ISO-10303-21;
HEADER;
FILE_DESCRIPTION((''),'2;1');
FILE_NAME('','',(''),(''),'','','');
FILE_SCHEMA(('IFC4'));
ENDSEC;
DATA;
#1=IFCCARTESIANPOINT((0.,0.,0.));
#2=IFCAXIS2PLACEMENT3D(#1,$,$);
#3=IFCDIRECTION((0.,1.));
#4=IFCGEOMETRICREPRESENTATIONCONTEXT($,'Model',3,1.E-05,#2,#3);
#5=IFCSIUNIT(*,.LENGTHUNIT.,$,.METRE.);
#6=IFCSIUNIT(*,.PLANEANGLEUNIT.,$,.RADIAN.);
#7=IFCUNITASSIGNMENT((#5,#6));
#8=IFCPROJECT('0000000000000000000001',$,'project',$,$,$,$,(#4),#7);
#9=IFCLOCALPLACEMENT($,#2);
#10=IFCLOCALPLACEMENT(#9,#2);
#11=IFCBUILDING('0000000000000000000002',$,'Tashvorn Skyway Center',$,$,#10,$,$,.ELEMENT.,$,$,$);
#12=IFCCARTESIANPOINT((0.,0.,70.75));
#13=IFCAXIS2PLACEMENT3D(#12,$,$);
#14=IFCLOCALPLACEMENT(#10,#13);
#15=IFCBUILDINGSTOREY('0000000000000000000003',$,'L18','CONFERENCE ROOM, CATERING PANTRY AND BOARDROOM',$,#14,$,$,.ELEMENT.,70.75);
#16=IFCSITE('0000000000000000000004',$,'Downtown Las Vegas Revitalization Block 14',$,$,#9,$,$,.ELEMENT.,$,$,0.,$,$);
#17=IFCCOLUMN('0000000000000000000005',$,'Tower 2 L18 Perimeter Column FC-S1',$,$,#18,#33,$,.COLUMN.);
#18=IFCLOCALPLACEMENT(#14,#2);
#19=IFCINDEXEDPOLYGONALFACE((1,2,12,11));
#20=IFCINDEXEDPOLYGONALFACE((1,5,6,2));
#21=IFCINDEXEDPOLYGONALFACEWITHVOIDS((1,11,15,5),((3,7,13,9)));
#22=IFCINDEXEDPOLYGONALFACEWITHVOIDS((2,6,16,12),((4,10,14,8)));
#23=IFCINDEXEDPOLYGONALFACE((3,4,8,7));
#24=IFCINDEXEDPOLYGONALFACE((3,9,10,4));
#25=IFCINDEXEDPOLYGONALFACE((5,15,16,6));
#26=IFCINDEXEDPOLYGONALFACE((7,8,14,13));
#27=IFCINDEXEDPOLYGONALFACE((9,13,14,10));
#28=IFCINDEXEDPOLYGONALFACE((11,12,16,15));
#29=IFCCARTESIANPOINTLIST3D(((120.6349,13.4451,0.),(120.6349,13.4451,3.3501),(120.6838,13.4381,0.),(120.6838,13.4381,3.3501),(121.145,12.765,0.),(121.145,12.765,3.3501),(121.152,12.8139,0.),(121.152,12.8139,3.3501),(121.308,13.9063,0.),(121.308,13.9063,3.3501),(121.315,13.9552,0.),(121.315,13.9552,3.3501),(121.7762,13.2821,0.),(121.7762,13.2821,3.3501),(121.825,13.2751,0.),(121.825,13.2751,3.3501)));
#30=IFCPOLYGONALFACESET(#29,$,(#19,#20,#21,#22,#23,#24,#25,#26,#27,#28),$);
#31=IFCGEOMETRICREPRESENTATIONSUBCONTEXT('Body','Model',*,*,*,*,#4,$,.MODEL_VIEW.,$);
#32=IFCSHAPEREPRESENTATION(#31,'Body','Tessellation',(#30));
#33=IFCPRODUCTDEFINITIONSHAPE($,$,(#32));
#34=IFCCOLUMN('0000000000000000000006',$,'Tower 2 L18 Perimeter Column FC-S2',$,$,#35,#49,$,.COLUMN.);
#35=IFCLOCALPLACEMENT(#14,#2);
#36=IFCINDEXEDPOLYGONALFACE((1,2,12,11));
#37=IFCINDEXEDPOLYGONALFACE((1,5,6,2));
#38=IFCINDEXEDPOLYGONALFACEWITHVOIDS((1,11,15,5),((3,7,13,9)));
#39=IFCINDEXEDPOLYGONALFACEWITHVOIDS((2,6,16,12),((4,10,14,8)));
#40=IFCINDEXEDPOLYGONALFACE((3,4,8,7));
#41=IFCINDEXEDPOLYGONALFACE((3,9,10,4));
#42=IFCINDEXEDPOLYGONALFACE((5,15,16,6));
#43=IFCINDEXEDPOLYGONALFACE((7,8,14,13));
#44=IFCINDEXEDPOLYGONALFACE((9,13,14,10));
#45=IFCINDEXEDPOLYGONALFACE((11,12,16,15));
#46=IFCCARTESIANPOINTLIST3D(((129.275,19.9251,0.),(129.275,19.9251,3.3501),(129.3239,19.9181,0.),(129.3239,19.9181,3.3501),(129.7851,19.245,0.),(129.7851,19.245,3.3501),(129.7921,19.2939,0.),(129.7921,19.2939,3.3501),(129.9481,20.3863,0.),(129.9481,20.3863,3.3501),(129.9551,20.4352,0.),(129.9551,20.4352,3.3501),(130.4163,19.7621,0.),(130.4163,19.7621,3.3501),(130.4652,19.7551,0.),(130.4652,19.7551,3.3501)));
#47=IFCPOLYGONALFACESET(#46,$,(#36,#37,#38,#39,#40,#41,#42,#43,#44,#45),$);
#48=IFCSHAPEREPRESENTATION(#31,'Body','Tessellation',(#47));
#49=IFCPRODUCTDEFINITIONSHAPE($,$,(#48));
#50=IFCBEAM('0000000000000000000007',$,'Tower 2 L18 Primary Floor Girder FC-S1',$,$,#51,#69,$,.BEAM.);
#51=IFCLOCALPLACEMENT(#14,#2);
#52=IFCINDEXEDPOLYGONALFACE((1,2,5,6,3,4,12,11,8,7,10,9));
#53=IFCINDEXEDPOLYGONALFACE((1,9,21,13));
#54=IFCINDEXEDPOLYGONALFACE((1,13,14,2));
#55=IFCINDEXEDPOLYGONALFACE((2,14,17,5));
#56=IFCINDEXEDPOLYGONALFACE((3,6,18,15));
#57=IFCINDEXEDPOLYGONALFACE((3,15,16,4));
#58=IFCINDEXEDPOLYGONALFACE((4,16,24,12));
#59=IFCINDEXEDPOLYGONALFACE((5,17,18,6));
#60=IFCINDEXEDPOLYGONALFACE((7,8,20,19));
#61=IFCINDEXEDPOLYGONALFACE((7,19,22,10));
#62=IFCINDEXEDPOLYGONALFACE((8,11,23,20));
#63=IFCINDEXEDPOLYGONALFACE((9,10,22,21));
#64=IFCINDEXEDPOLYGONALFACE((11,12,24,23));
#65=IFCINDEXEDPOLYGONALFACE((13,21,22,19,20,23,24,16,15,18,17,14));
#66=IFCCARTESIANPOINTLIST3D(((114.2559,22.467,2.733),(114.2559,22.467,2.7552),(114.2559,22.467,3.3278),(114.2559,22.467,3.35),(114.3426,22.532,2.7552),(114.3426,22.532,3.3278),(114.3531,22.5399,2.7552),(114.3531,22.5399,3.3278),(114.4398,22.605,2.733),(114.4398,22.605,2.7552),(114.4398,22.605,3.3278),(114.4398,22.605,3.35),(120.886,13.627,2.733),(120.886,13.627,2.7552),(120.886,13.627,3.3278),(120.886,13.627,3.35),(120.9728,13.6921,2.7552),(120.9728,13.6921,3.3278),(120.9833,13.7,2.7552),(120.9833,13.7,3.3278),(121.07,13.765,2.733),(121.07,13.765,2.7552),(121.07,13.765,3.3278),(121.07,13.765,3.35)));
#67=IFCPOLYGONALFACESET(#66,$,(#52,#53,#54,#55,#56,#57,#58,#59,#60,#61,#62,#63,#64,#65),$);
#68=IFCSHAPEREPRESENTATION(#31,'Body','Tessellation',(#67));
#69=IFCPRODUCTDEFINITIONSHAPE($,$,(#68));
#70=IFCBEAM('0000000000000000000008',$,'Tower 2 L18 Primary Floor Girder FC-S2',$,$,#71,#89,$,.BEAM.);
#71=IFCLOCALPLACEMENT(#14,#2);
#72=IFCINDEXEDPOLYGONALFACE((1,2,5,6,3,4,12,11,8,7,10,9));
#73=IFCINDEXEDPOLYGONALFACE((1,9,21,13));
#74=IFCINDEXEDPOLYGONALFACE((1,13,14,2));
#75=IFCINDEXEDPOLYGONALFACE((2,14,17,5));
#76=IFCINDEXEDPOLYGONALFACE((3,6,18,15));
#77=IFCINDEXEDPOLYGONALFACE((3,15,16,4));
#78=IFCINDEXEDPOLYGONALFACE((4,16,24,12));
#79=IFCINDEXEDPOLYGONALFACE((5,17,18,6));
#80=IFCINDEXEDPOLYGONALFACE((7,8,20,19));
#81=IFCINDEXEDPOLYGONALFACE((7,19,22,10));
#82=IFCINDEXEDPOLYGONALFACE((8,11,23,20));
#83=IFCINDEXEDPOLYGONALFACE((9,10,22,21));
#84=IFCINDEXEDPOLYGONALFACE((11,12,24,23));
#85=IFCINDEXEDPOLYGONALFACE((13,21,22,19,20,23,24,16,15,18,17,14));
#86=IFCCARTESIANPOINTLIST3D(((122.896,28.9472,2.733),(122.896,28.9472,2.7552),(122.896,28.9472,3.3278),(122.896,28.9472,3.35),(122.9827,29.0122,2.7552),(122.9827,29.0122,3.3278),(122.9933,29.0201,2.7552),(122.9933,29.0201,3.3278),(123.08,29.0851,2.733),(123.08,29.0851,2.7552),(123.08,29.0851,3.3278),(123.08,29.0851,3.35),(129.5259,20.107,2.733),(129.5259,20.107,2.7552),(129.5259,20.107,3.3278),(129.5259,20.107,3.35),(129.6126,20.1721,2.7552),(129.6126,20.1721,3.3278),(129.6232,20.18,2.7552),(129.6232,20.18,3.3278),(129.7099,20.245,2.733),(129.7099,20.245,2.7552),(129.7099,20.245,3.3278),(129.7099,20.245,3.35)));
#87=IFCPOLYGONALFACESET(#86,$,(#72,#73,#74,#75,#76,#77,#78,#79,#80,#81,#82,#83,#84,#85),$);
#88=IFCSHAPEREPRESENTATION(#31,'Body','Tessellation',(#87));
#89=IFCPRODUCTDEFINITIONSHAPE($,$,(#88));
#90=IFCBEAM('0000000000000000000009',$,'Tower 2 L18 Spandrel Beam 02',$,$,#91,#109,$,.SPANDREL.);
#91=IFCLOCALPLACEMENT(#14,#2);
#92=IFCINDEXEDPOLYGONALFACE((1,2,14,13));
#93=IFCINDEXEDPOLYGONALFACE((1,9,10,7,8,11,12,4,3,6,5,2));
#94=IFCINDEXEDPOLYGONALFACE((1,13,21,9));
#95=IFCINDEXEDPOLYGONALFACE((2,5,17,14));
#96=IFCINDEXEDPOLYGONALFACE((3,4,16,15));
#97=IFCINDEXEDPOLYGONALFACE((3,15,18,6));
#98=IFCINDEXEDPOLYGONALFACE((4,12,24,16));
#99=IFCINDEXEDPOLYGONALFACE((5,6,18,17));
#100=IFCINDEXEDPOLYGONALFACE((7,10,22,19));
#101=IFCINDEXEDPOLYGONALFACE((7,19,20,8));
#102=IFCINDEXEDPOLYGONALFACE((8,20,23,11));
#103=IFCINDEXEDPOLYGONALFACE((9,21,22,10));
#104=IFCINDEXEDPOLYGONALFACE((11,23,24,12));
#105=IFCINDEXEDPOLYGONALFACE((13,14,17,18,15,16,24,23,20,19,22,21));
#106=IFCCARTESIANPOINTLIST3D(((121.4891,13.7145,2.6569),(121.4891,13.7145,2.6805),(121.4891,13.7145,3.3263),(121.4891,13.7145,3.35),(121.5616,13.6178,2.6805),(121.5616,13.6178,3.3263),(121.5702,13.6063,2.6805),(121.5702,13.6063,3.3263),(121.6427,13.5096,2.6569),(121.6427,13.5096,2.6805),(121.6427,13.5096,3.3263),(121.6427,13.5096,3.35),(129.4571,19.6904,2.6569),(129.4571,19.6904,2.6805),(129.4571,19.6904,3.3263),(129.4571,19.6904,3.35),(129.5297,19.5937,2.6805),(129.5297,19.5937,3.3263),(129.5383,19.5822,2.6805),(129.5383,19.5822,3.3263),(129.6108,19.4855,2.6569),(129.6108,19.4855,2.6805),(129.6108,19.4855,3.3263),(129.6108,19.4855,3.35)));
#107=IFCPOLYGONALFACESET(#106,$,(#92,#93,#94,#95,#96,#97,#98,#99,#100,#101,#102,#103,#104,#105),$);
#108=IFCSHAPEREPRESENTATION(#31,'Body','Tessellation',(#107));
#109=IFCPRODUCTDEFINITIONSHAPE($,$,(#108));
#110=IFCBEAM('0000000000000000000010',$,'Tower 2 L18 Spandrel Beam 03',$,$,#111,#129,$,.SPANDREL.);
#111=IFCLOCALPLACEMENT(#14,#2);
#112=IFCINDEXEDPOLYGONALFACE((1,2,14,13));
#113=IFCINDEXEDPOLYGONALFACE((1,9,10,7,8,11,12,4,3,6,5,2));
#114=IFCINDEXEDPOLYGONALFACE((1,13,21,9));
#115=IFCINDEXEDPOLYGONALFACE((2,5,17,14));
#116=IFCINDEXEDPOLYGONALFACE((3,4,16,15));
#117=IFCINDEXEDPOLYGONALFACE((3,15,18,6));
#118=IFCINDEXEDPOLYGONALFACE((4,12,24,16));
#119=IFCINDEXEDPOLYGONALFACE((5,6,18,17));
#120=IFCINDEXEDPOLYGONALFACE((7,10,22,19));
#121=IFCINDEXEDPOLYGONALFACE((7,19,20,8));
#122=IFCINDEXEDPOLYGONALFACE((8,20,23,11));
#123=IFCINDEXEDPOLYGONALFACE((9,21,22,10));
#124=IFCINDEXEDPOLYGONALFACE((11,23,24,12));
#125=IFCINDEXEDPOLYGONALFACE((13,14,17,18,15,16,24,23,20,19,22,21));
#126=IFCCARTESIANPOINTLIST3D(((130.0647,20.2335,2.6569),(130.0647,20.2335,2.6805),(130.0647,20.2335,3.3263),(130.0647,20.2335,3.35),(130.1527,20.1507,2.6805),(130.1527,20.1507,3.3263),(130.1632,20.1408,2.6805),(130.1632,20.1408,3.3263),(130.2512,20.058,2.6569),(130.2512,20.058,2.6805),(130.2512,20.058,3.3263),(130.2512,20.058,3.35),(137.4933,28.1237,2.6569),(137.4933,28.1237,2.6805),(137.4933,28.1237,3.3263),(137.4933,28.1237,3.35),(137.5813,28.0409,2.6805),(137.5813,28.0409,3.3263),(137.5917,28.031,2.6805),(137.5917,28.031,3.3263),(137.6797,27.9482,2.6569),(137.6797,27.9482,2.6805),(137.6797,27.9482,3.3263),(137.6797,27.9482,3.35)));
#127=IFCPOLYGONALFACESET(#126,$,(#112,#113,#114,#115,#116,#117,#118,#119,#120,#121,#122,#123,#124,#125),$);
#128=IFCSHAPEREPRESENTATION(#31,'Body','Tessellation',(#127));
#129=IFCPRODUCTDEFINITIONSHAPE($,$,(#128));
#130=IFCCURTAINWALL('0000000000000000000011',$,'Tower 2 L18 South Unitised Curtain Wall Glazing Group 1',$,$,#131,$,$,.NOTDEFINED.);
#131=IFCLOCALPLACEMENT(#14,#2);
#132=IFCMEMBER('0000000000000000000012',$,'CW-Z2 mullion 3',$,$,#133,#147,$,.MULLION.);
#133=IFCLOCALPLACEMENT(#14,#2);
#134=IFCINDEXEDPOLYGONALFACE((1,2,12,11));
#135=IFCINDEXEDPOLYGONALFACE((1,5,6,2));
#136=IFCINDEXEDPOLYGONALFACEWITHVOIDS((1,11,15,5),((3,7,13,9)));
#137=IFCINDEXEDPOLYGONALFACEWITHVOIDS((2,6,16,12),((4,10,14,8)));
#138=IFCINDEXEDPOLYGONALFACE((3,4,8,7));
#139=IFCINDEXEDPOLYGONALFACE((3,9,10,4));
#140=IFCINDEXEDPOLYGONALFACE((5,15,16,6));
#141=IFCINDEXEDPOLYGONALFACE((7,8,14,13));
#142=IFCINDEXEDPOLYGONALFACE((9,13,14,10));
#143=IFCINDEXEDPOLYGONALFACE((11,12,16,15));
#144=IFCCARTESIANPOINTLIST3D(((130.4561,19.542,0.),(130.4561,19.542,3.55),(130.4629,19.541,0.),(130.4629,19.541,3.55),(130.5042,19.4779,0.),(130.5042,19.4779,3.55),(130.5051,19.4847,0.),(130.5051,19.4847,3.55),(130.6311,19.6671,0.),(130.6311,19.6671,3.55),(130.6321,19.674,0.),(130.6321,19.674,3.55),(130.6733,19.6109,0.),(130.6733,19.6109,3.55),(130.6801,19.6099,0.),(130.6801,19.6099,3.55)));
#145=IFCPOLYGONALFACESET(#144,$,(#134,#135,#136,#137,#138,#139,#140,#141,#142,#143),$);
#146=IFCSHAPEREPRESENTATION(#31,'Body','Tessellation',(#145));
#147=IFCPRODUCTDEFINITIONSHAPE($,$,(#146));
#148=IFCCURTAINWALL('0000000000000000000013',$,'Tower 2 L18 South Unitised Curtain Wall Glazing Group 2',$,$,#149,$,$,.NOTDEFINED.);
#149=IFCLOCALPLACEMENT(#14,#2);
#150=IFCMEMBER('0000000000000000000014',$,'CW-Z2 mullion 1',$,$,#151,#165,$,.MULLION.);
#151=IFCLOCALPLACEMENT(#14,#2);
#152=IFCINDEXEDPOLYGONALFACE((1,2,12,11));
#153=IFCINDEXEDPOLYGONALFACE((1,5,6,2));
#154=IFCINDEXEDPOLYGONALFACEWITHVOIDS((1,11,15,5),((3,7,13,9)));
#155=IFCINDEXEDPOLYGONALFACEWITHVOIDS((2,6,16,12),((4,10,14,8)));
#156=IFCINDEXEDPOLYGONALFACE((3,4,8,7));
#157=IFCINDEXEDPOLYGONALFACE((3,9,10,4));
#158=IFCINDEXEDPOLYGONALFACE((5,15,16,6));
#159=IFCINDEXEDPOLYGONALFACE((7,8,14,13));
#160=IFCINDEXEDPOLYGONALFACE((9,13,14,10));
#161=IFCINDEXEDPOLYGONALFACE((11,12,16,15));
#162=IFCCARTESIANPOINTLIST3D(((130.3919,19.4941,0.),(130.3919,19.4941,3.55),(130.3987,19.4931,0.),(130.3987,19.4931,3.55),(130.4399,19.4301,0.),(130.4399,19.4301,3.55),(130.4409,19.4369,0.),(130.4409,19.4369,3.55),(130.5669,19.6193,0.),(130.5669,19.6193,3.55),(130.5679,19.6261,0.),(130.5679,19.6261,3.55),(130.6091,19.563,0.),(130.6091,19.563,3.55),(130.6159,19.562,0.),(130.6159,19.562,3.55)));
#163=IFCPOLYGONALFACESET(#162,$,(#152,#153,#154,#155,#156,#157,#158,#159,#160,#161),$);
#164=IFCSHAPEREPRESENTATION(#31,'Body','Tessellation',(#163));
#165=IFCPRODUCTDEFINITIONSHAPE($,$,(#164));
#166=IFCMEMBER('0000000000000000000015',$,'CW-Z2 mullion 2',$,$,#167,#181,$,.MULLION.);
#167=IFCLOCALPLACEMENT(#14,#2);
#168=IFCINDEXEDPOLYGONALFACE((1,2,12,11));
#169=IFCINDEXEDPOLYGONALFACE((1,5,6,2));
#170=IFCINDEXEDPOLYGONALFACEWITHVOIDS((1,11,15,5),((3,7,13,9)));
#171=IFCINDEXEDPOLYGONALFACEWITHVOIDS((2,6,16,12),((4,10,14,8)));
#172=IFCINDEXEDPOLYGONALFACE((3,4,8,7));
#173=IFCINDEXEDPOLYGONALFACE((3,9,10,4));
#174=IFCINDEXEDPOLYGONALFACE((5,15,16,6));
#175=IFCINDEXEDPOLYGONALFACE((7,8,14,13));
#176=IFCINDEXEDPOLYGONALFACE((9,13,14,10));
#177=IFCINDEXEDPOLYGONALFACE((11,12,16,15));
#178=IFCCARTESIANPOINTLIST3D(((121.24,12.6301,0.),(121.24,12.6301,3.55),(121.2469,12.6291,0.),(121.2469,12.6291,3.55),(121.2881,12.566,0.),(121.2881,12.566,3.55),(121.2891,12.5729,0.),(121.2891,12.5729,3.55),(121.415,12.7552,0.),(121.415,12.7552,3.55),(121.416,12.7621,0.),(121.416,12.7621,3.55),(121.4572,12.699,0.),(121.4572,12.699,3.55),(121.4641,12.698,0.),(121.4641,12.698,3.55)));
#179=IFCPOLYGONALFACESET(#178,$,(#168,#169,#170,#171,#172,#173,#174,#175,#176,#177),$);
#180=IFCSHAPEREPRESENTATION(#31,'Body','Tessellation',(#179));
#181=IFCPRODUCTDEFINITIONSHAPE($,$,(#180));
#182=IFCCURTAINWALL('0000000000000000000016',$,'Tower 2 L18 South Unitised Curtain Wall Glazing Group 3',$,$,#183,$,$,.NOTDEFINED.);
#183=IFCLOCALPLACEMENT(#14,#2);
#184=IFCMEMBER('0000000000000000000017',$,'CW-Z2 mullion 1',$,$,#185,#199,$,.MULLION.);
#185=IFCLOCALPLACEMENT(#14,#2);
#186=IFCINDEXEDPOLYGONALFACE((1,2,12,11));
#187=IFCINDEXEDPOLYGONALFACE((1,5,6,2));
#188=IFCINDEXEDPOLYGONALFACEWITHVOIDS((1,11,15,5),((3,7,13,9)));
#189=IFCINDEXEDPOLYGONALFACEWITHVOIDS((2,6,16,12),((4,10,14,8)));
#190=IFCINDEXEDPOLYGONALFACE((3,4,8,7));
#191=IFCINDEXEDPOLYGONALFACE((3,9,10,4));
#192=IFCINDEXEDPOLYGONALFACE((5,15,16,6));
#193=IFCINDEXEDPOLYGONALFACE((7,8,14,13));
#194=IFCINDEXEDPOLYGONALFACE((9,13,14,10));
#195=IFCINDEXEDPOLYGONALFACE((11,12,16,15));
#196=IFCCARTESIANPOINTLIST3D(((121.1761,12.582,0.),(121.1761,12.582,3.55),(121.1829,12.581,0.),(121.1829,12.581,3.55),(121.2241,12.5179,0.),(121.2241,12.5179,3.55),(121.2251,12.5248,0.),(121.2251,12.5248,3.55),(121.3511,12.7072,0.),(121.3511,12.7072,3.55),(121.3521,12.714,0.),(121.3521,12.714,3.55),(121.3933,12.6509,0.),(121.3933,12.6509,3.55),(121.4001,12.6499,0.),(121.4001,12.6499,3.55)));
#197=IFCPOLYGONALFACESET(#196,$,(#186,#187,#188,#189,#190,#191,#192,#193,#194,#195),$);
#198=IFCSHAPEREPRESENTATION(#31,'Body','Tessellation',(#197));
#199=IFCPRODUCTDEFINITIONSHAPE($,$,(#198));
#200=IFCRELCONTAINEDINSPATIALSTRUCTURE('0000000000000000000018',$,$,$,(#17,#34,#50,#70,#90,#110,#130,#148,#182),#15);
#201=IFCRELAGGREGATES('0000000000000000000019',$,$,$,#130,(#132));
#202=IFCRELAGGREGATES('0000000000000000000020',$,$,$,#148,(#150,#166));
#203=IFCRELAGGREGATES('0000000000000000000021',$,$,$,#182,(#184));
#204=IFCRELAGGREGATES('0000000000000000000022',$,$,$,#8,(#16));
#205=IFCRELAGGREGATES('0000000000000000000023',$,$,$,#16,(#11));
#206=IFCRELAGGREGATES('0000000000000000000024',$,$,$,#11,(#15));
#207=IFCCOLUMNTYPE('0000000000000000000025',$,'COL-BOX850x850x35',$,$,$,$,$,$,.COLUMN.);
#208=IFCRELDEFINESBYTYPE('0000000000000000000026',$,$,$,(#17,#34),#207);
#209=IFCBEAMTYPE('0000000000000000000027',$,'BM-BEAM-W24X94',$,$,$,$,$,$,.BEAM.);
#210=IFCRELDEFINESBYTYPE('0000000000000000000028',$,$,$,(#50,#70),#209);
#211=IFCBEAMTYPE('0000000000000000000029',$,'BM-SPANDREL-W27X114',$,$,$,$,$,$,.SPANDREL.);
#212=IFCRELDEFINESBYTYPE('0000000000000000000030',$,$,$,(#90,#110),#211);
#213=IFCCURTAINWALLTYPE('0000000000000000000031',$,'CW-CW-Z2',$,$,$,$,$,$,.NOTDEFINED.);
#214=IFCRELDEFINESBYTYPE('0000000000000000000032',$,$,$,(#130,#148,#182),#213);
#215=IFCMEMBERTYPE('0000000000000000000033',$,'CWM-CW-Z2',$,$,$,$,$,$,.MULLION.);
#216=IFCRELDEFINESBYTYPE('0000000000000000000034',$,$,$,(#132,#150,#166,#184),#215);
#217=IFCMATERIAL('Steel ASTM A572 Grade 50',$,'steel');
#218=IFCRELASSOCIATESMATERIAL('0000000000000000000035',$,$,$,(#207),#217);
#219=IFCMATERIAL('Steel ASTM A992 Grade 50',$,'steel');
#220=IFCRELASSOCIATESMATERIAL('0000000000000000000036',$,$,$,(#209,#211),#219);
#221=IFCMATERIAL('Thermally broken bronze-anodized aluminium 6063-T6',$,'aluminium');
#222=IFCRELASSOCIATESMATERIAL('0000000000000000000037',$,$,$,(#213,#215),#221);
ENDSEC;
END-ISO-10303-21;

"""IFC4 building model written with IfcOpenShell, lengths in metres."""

from ifc_helpers import new_model, si_unit, direction, frame, origin, origin_2d, place, context, subcontext, project, spatial, hollow_rectangle, i_section, extrude, material, material_profile, profile_set, type_object, element, aggregate, save


model = new_model("IFC4")

# Units and contexts
model_context = context("Model", 3, precision=1e-05, world=origin(), true_north=direction((0.0, 1.0)))
body_context = subcontext(model_context, "Body", "Model", "MODEL_VIEW")
ifc_project = project(units=[si_unit("LENGTHUNIT", "METRE"), si_unit("PLANEANGLEUNIT", "RADIAN")], contexts=[model_context])

# Site, building, storey
site_placement = place(None, origin())
site = spatial("IfcSite", under=ifc_project, at=site_placement, Name="Downtown Las Vegas Revitalization Block 14", CompositionType="ELEMENT", RefElevation=0.0)
building_placement = place(site_placement, origin())
building = spatial("IfcBuilding", under=site, at=building_placement, Name="Tashvorn Skyway Center", CompositionType="ELEMENT")
storey_placement = place(building_placement, frame((0.0, 0.0, 70.75)))
storey = spatial("IfcBuildingStorey", under=building, at=storey_placement, Name="L18", Description="CONFERENCE ROOM, CATERING PANTRY AND BOARDROOM", CompositionType="ELEMENT", Elevation=70.75)

# Columns
ifc_material_1 = material(Name="Steel ASTM A572 Grade 50", Category="steel")
ifc_material_profile_1 = material_profile(ifc_material_1, hollow_rectangle(XDim=0.8501, YDim=0.8501, WallThickness=0.0349, at=origin_2d()), Name="BOX850x850x35")
ifc_profile_set_1 = profile_set([ifc_material_profile_1], Name="Steel ASTM A572 Grade 50")
column_type = type_object("IfcColumnType", Name="COL-BOX850x850x35", PredefinedType="COLUMN", material=ifc_profile_set_1)
for number, where, z_axis, x_axis, name in (
    (1, (121.23, 13.3601, 0.0), (0.0, 0.0, 1.0), (0.8, 0.6, 0.0), "Tower 2 L18 Perimeter Column FC-S1"),
    (2, (129.8701, 19.8401, 0.0), (0.0, 0.0, 1.0), (0.8, 0.6, 0.0), "Tower 2 L18 Perimeter Column FC-S2"),
):
    element("IfcColumn", number, at=place(storey_placement, frame(where, z_axis=z_axis, x_axis=x_axis)), inside=storey, type_object=column_type, Name=name, PredefinedType="COLUMN", context=body_context, shape_type="SweptSolid", body=[
        extrude(hollow_rectangle(XDim=0.8501, YDim=0.8501, WallThickness=0.0349, at=origin_2d()), origin(), (0.0, 0.0, 1.0), 3.3501),
    ])

# Beams
ifc_material_2 = material(Name="Steel ASTM A992 Grade 50", Category="steel")
ifc_material_profile_2 = material_profile(ifc_material_2, i_section(OverallWidth=0.23, OverallDepth=0.6169, WebThickness=0.0132, FlangeThickness=0.0222, at=origin_2d()), Name="W24X94")
ifc_profile_set_2 = profile_set([ifc_material_profile_2], Name="Steel ASTM A992 Grade 50")
beam_type_1 = type_object("IfcBeamType", Name="BM-BEAM-W24X94", PredefinedType="BEAM", material=ifc_profile_set_2)
for number, where, z_axis, x_axis, name in (
    (3, (120.978, 13.696, 3.0415), (-0.600014, 0.799989, 0.0), (-0.799989, -0.600014, 0.0), "Tower 2 L18 Primary Floor Girder FC-S1"),
    (4, (129.6179, 20.176, 3.0415), (-0.599989, 0.800008, 0.0), (-0.800008, -0.599989, 0.0), "Tower 2 L18 Primary Floor Girder FC-S2"),
):
    element("IfcBeam", number, at=place(storey_placement, frame(where, z_axis=z_axis, x_axis=x_axis)), inside=storey, type_object=beam_type_1, Name=name, PredefinedType="BEAM", context=body_context, shape_type="SweptSolid", body=[
        extrude(i_section(OverallWidth=0.23, OverallDepth=0.6169, WebThickness=0.0132, FlangeThickness=0.0222, at=origin_2d()), origin(), (0.0, 0.0, 1.0), 11.05),
    ])
ifc_material_profile_3 = material_profile(ifc_material_2, i_section(OverallWidth=0.2561, OverallDepth=0.6931, WebThickness=0.0144, FlangeThickness=0.0237, at=origin_2d()), Name="W27X114")
ifc_profile_set_3 = profile_set([ifc_material_profile_3], Name="Steel ASTM A992 Grade 50")
beam_type_2 = type_object("IfcBeamType", Name="BM-SPANDREL-W27X114", PredefinedType="SPANDREL", material=ifc_profile_set_3)
beam_1_placement = place(storey_placement, frame((121.5659, 13.6121, 3.0034), z_axis=(0.800009, 0.599988, 0.0), x_axis=(-0.599988, 0.800009, 0.0)))
element("IfcBeam", 5, at=beam_1_placement, inside=storey, type_object=beam_type_2, Name="Tower 2 L18 Spandrel Beam 02", PredefinedType="SPANDREL", context=body_context, shape_type="SweptSolid", body=[
    extrude(i_section(OverallWidth=0.2561, OverallDepth=0.6931, WebThickness=0.0144, FlangeThickness=0.0237, at=origin_2d()), origin(), (0.0, 0.0, 1.0), 9.96),
])
beam_2_placement = place(storey_placement, frame((130.158, 20.1458, 3.0034), z_axis=(0.685485, 0.728087, 0.0), x_axis=(-0.728087, 0.685485, 0.0)))
element("IfcBeam", 6, at=beam_2_placement, inside=storey, type_object=beam_type_2, Name="Tower 2 L18 Spandrel Beam 03", PredefinedType="SPANDREL", context=body_context, shape_type="SweptSolid", body=[
    extrude(i_section(OverallWidth=0.2561, OverallDepth=0.6931, WebThickness=0.0144, FlangeThickness=0.0237, at=origin_2d()), origin(), (0.0, 0.0, 1.0), 10.8369),
])

# Curtain wall, member
ifc_material_3 = material(Name="Thermally broken bronze-anodized aluminium 6063-T6", Category="aluminium")
curtain_wall_type = type_object("IfcCurtainWallType", Name="CW-CW-Z2", PredefinedType="NOTDEFINED", material=ifc_material_3)
curtain_wall_1_placement = place(storey_placement, origin())
curtain_wall_1 = element("IfcCurtainWall", 7, at=curtain_wall_1_placement, inside=storey, type_object=curtain_wall_type, Name="Tower 2 L18 South Unitised Curtain Wall Glazing Group 1", PredefinedType="NOTDEFINED")
ifc_material_profile_4 = material_profile(ifc_material_3, hollow_rectangle(XDim=0.0801, YDim=0.22, WallThickness=0.0049, at=origin_2d()), Name="ALU-MULL-80x220")
ifc_profile_set_4 = profile_set([ifc_material_profile_4], Name="Thermally broken bronze-anodized aluminium 6063-T6")
member_type_1 = type_object("IfcMemberType", Name="CWM-CW-Z2", PredefinedType="MULLION", material=ifc_profile_set_4)
member_1_placement = place(storey_placement, frame((130.5681, 19.5759, 0.0), z_axis=(0.0, 0.0, 1.0), x_axis=(0.6, -0.8, 0.0)))
member_1 = element("IfcMember", 8, at=member_1_placement, type_object=member_type_1, Name="CW-Z2 mullion 3", PredefinedType="MULLION", context=body_context, shape_type="SweptSolid", body=[
    extrude(hollow_rectangle(XDim=0.0801, YDim=0.22, WallThickness=0.0049, at=origin_2d()), origin(), (0.0, 0.0, 1.0), 3.55),
])

# Curtain walls, members
curtain_wall_2_placement = place(storey_placement, origin())
curtain_wall_2 = element("IfcCurtainWall", 9, at=curtain_wall_2_placement, inside=storey, type_object=curtain_wall_type, Name="Tower 2 L18 South Unitised Curtain Wall Glazing Group 2", PredefinedType="NOTDEFINED")
member_2_placement = place(storey_placement, frame((130.5039, 19.5281, 0.0), z_axis=(0.0, 0.0, 1.0), x_axis=(0.6, -0.8, 0.0)))
member_2 = element("IfcMember", 10, at=member_2_placement, type_object=member_type_1, Name="CW-Z2 mullion 1", PredefinedType="MULLION", context=body_context, shape_type="SweptSolid", body=[
    extrude(hollow_rectangle(XDim=0.0801, YDim=0.22, WallThickness=0.0049, at=origin_2d()), origin(), (0.0, 0.0, 1.0), 3.55),
])
member_3_placement = place(storey_placement, frame((121.3521, 12.6641, 0.0), z_axis=(0.0, 0.0, 1.0), x_axis=(0.6, -0.8, 0.0)))
member_3 = element("IfcMember", 11, at=member_3_placement, type_object=member_type_1, Name="CW-Z2 mullion 2", PredefinedType="MULLION", context=body_context, shape_type="SweptSolid", body=[
    extrude(hollow_rectangle(XDim=0.0801, YDim=0.22, WallThickness=0.0049, at=origin_2d()), origin(), (0.0, 0.0, 1.0), 3.55),
])
curtain_wall_3_placement = place(storey_placement, origin())
curtain_wall_3 = element("IfcCurtainWall", 12, at=curtain_wall_3_placement, inside=storey, type_object=curtain_wall_type, Name="Tower 2 L18 South Unitised Curtain Wall Glazing Group 3", PredefinedType="NOTDEFINED")
member_4_placement = place(storey_placement, frame((121.2881, 12.616, 0.0), z_axis=(0.0, 0.0, 1.0), x_axis=(0.6, -0.8, 0.0)))
member_4 = element("IfcMember", 13, at=member_4_placement, type_object=member_type_1, Name="CW-Z2 mullion 1", PredefinedType="MULLION", context=body_context, shape_type="SweptSolid", body=[
    extrude(hollow_rectangle(XDim=0.0801, YDim=0.22, WallThickness=0.0049, at=origin_2d()), origin(), (0.0, 0.0, 1.0), 3.55),
])

aggregate(curtain_wall_1, [member_1])
aggregate(curtain_wall_2, [member_2, member_3])
aggregate(curtain_wall_3, [member_4])

save(model, "model.ifc")
